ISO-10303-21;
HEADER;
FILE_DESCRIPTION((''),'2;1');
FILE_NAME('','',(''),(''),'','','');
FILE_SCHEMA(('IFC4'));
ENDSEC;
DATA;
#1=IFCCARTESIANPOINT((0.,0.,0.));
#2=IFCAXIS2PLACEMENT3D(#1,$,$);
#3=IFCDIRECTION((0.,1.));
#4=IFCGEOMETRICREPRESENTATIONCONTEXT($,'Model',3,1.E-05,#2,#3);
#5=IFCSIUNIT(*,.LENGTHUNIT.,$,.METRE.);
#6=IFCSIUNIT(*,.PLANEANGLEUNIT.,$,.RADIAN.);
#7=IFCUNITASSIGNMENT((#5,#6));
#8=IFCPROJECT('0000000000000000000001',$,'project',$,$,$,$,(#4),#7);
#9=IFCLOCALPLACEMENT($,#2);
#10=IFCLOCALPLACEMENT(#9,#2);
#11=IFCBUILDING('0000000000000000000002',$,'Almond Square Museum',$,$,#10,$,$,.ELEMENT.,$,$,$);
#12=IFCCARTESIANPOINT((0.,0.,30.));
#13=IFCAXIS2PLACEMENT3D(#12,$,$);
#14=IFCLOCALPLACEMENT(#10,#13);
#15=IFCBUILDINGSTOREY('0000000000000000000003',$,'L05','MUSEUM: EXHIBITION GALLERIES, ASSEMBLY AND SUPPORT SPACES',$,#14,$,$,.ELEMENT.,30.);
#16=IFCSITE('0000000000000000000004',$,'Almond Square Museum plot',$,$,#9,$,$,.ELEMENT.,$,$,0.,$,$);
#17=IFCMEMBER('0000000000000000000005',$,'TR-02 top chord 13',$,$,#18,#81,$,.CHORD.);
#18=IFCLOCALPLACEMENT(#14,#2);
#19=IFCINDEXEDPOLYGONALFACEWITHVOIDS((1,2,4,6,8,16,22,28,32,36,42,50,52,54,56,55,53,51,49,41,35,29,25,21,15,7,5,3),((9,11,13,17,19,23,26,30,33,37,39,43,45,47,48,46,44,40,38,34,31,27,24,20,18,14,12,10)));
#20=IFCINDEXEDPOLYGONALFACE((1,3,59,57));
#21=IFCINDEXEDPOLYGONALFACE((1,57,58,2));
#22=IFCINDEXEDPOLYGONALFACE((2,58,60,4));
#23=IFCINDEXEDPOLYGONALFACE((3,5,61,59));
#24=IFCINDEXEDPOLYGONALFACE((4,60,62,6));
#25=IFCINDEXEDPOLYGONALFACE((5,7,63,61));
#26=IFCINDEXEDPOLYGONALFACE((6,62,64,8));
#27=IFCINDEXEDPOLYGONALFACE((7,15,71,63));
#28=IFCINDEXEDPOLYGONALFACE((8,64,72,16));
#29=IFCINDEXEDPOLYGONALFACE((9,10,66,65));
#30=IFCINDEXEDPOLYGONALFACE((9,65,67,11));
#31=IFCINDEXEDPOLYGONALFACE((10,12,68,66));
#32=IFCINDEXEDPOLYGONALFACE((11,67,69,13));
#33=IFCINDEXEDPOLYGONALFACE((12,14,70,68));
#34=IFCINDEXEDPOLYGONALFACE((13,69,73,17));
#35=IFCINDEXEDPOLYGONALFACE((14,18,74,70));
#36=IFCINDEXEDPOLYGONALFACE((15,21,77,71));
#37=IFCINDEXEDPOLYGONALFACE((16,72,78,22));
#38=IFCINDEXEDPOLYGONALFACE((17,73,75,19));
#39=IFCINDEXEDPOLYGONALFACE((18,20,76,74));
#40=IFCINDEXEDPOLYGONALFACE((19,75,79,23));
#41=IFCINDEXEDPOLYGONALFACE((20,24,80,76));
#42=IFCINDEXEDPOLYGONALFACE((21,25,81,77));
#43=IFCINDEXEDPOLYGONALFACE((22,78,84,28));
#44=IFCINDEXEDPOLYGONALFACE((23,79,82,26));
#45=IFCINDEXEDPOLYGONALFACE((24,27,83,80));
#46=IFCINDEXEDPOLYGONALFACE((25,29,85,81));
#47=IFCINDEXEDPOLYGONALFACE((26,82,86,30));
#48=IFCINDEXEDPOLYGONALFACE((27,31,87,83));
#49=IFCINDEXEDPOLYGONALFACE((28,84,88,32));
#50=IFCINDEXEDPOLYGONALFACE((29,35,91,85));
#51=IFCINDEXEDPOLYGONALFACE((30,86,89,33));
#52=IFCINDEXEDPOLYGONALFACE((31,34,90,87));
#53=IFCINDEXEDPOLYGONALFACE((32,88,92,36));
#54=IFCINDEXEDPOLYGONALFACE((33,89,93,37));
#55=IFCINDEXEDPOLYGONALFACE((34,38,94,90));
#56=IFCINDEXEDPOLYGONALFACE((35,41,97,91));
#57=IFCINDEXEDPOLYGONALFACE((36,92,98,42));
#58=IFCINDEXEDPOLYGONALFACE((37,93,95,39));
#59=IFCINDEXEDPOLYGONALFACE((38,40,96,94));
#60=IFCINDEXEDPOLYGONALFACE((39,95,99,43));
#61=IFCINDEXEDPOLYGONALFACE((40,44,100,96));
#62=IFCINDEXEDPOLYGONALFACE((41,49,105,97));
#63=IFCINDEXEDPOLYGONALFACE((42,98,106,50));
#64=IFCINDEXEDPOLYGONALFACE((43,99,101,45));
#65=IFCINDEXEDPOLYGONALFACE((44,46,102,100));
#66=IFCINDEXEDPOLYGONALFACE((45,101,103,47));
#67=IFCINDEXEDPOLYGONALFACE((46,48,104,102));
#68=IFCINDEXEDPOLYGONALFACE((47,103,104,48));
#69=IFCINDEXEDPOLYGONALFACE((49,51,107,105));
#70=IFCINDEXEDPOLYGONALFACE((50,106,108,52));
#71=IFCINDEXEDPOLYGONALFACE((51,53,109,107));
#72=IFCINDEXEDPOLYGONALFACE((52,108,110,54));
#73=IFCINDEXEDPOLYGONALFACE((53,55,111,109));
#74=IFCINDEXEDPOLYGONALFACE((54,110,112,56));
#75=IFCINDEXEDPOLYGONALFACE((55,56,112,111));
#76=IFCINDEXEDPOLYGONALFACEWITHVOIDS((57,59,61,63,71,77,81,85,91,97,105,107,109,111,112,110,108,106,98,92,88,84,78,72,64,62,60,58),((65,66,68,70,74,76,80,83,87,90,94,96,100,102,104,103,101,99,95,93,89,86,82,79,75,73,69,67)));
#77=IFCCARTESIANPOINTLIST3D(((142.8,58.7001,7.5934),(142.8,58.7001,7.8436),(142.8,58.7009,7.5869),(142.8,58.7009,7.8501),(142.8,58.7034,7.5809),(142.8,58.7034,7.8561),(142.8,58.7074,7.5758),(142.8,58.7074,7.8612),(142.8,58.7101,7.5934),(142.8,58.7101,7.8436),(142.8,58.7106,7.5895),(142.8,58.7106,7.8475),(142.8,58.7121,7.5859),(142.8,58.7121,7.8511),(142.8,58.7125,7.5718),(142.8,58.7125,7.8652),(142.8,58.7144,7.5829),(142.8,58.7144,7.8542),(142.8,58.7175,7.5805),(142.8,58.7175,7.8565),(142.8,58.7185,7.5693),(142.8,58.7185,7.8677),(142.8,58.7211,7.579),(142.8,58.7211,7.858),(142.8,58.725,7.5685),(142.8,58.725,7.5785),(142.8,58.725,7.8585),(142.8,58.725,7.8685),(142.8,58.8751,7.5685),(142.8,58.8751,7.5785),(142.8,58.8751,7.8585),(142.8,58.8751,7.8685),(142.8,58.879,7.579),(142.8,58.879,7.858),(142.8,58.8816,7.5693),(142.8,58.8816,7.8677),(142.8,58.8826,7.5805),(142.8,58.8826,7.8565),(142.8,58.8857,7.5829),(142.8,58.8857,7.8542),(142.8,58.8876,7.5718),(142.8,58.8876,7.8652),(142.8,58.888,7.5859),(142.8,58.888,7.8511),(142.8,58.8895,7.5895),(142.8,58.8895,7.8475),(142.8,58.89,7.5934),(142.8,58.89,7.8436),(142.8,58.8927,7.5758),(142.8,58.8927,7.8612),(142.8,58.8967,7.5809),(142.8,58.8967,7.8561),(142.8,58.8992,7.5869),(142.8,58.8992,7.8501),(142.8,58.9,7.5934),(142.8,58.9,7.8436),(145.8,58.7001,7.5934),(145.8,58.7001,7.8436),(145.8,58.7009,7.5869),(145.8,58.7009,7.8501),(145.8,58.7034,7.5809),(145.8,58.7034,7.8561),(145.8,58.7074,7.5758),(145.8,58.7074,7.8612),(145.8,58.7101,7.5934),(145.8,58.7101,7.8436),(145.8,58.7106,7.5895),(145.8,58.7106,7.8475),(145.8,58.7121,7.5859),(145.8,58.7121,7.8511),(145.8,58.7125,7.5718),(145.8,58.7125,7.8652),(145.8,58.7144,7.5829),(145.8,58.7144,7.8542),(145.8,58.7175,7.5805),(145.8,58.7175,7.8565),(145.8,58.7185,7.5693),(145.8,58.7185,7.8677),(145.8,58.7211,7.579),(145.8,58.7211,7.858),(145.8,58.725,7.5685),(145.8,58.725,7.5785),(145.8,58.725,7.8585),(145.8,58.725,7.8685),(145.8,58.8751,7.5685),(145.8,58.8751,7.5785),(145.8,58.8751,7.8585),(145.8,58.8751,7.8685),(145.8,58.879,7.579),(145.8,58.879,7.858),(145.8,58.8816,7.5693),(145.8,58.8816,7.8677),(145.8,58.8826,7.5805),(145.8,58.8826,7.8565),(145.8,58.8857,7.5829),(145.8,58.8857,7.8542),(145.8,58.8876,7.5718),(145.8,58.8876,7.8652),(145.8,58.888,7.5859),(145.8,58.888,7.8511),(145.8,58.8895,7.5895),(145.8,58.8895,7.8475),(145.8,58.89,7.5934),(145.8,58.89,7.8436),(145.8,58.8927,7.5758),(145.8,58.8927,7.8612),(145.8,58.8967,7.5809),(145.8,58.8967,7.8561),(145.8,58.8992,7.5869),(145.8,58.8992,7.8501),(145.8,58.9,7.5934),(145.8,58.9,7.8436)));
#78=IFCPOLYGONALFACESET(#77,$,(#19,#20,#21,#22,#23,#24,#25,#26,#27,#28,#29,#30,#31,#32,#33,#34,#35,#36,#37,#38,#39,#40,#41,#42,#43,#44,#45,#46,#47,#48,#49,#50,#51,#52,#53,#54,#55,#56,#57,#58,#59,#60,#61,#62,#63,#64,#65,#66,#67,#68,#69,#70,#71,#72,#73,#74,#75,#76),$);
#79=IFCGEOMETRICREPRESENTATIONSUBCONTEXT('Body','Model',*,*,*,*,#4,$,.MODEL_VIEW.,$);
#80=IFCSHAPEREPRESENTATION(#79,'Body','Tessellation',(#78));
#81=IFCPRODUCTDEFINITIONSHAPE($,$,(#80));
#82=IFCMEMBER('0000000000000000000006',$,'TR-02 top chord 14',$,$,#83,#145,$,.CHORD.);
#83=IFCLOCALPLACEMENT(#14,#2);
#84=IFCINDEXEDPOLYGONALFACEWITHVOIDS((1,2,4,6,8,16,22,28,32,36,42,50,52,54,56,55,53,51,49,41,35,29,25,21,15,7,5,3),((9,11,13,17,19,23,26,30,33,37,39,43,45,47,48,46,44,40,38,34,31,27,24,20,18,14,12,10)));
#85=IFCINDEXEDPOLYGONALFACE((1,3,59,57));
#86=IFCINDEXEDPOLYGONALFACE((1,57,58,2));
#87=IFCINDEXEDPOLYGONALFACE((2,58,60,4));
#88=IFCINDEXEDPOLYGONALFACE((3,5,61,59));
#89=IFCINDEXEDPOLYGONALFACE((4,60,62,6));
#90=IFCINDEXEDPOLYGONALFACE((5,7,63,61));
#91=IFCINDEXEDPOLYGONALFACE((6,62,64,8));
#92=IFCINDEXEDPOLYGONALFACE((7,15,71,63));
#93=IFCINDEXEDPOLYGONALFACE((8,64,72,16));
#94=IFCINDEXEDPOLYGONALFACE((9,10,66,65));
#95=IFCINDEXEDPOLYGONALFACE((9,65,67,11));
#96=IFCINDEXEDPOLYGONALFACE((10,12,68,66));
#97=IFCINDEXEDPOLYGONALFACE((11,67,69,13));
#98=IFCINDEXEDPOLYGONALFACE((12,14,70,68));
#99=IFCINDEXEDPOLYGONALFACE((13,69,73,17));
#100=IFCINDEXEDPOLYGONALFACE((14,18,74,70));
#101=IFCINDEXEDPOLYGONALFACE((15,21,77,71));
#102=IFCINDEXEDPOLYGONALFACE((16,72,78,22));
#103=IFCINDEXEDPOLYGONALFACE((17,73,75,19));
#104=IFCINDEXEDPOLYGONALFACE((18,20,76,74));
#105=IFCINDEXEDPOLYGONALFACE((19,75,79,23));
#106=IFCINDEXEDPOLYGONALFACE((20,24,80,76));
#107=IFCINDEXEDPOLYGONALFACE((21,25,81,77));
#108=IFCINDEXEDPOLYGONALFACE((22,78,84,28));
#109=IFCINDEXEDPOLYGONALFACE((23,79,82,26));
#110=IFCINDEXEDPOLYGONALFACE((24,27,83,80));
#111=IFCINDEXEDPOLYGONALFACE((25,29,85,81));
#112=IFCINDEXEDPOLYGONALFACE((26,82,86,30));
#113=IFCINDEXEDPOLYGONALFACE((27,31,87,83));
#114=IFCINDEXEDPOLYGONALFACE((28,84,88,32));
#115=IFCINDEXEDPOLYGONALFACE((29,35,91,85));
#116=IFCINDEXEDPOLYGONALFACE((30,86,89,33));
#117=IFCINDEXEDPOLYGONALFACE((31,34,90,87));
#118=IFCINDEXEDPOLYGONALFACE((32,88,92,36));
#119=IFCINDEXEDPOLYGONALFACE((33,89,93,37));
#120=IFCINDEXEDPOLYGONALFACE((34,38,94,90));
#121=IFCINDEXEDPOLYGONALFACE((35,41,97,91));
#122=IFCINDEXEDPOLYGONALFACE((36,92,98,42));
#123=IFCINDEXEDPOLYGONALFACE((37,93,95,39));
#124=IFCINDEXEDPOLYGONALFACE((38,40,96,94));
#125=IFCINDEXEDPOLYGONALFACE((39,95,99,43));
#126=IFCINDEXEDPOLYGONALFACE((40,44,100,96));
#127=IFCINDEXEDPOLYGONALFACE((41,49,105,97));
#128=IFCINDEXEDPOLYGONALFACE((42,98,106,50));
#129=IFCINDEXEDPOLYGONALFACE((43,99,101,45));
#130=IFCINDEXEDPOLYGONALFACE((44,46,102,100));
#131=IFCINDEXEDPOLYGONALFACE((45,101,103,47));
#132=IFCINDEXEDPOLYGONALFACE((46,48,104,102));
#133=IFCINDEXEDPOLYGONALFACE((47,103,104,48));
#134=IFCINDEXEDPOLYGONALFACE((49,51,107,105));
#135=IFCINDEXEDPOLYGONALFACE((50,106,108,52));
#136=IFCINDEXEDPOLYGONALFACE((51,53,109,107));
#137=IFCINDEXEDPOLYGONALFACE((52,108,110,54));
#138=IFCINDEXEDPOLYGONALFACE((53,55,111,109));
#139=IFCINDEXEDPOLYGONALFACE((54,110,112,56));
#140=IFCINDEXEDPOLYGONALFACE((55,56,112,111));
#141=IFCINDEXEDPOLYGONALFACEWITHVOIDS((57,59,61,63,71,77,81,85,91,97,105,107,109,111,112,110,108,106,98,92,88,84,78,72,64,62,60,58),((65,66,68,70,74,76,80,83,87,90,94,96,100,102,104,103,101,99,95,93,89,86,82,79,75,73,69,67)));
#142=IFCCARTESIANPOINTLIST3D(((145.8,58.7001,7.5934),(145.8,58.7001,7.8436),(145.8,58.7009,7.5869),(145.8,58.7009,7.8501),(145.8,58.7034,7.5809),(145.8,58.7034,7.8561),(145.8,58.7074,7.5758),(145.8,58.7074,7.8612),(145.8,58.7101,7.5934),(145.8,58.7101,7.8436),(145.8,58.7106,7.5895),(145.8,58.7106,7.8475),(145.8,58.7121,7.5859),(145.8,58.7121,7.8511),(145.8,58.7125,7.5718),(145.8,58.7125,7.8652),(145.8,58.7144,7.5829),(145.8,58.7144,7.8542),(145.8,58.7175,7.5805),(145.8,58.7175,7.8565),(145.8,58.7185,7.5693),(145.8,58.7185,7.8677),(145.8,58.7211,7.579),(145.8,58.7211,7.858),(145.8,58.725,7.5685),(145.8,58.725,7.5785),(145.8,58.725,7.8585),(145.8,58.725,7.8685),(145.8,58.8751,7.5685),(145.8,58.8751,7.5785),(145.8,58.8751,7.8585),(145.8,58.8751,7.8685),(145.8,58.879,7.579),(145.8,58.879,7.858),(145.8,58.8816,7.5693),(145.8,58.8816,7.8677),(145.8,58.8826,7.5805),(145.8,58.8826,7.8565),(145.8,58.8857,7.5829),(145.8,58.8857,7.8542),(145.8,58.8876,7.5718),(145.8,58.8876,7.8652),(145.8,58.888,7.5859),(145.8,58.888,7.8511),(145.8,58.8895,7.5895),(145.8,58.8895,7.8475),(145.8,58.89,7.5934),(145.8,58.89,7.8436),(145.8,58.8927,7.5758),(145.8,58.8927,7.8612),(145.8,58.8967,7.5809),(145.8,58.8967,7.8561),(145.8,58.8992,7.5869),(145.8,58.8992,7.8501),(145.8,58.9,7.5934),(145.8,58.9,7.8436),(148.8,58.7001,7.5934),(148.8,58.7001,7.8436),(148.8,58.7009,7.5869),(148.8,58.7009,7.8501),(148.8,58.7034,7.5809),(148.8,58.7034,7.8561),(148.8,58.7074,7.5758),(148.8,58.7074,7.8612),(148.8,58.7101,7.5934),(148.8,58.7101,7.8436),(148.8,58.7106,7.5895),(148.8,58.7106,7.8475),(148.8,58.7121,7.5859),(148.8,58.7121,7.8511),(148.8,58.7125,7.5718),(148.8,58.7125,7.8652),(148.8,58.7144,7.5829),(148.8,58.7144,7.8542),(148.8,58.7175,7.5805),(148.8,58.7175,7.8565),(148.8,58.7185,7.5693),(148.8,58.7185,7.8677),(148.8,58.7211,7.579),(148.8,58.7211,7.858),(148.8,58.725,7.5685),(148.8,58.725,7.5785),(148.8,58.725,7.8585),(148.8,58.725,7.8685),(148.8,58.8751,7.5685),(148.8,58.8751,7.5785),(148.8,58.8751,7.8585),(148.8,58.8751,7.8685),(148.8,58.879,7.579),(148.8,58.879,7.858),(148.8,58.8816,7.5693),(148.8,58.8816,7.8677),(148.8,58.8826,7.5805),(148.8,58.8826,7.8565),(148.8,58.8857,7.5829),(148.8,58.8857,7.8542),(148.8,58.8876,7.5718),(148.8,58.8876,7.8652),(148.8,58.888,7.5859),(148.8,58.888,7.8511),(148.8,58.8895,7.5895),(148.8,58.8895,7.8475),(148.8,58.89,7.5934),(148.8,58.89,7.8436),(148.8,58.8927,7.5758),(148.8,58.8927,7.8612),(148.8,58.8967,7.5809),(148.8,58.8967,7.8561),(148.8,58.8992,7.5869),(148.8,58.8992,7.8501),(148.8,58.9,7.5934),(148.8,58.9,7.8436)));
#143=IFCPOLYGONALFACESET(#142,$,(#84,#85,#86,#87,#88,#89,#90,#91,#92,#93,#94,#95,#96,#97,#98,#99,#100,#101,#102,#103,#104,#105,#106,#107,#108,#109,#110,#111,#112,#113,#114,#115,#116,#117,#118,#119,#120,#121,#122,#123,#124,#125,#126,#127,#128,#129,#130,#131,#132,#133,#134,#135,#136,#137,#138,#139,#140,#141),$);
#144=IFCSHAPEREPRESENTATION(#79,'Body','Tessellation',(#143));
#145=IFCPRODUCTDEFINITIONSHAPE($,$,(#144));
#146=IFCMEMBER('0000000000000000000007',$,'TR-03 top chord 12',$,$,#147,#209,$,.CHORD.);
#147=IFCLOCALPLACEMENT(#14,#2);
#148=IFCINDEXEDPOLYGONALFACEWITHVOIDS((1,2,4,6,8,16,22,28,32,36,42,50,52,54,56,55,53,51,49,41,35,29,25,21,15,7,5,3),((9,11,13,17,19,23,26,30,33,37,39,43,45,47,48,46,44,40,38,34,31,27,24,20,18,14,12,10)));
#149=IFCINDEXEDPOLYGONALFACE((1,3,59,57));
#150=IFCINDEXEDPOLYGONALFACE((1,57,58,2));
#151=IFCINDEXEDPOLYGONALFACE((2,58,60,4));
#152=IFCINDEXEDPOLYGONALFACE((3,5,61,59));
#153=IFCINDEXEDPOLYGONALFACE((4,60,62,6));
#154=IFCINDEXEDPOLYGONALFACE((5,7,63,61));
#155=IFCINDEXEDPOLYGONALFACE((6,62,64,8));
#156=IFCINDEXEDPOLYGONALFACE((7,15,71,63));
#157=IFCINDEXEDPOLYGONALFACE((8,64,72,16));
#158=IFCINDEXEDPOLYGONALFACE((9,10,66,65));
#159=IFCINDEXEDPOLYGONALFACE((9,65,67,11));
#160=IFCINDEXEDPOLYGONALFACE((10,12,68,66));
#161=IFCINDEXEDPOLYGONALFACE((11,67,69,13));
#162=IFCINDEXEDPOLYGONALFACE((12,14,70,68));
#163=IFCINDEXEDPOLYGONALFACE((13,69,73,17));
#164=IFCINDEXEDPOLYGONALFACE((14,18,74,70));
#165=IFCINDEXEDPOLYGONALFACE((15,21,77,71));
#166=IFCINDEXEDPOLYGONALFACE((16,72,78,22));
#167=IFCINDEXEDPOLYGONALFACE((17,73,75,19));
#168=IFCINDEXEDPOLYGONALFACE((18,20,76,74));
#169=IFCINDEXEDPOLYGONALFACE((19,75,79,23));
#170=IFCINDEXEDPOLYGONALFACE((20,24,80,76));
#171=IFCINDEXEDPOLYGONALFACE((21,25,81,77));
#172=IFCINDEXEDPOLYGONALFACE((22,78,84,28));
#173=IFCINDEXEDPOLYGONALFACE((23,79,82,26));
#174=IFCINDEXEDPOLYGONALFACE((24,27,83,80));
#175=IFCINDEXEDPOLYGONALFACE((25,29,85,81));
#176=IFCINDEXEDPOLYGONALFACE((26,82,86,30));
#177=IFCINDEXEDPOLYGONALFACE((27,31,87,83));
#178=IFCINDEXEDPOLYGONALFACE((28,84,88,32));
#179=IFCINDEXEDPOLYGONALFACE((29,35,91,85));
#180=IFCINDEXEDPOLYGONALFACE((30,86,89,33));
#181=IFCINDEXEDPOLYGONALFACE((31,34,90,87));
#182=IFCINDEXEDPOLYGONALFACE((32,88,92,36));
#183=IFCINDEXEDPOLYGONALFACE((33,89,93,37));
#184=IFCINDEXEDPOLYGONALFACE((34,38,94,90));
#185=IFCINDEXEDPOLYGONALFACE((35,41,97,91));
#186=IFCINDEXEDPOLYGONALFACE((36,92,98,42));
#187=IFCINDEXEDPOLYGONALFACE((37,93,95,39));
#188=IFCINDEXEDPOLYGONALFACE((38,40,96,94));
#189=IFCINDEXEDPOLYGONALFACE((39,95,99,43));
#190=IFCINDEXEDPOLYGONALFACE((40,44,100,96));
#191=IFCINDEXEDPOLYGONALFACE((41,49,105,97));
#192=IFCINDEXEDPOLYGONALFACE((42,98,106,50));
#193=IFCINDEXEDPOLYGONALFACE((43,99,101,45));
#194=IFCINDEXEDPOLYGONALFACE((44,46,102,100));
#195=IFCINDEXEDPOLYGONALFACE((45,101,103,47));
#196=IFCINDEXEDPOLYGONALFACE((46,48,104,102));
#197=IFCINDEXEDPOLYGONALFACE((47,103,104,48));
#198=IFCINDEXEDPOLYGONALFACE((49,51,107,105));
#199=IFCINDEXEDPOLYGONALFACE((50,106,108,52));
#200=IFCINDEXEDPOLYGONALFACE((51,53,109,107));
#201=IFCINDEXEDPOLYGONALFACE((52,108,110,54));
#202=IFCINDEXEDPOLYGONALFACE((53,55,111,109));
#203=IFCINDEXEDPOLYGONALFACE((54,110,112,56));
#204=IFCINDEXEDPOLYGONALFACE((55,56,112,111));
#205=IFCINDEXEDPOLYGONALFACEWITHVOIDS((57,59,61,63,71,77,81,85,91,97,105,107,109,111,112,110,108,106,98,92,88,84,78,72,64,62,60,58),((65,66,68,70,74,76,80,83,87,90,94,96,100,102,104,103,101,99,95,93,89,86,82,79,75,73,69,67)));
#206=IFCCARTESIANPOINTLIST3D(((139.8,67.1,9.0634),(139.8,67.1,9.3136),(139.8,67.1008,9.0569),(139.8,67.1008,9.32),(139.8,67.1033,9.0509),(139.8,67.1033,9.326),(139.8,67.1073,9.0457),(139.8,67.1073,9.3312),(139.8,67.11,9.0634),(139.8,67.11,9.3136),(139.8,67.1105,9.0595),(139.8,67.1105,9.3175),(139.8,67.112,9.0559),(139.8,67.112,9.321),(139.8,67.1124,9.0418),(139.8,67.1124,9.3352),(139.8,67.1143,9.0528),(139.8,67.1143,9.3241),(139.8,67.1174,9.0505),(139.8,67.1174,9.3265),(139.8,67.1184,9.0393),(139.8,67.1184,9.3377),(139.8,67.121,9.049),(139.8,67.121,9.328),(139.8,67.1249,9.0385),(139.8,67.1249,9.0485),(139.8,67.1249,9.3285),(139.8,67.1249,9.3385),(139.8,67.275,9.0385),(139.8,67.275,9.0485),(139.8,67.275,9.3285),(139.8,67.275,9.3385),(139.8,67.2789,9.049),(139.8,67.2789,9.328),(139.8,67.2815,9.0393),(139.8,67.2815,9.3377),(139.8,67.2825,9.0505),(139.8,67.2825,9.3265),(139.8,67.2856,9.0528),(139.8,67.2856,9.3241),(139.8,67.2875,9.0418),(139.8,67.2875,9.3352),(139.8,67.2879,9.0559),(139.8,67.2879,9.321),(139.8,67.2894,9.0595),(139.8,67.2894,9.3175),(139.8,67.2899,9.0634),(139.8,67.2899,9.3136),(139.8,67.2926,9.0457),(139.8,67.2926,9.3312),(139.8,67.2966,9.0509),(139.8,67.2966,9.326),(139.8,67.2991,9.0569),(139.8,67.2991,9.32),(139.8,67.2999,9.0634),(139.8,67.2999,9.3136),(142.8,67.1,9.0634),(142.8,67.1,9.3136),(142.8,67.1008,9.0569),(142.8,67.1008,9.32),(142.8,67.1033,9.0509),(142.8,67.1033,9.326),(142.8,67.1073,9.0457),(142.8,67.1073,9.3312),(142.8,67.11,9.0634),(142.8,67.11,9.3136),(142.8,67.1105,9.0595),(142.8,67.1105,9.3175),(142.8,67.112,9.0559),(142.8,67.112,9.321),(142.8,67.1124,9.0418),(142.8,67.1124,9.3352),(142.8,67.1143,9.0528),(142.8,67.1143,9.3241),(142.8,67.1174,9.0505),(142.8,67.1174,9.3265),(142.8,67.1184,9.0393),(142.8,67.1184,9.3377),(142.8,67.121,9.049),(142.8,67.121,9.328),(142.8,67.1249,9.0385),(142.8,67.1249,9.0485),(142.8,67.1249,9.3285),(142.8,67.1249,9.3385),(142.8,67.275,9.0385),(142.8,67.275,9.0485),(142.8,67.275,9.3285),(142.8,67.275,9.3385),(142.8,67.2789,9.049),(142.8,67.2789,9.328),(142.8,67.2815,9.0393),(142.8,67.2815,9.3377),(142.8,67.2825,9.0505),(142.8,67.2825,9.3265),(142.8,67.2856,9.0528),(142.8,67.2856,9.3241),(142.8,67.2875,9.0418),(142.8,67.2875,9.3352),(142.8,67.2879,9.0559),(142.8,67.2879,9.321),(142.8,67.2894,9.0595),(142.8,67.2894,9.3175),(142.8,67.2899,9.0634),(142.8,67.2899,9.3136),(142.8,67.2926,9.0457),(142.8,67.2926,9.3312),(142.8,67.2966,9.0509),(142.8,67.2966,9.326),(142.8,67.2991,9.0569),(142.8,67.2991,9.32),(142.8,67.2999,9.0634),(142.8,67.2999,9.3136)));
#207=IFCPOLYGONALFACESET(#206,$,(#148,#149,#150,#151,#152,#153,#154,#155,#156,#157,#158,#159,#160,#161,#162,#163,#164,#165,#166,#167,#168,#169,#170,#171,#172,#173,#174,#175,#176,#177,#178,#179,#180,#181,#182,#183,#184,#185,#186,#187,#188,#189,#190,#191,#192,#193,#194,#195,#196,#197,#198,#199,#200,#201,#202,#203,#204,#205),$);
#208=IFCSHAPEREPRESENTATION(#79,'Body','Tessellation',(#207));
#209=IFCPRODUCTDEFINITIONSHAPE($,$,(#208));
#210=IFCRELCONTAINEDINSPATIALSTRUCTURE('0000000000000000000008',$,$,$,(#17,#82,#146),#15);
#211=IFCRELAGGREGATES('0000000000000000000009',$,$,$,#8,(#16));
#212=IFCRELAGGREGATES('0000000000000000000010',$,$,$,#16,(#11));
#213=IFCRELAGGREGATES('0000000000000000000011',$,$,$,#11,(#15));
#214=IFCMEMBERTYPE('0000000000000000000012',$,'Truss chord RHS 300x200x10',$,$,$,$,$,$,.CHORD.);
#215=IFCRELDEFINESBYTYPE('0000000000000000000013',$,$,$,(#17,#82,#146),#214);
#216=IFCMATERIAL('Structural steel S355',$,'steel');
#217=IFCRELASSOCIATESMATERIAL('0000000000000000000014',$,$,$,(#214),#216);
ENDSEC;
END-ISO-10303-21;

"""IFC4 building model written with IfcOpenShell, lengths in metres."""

from ifc_helpers import new_model, si_unit, direction, frame, origin, origin_2d, place, context, subcontext, project, spatial, hollow_rectangle, extrude, material, material_profile, profile_set, type_object, element, save


model = new_model("IFC4")

# Units and contexts
model_context = context("Model", 3, precision=1e-05, world=origin(), true_north=direction((0.0, 1.0)))
body_context = subcontext(model_context, "Body", "Model", "MODEL_VIEW")
ifc_project = project(units=[si_unit("LENGTHUNIT", "METRE"), si_unit("PLANEANGLEUNIT", "RADIAN")], contexts=[model_context])

# Site, building, storey
site_placement = place(None, origin())
site = spatial("IfcSite", under=ifc_project, at=site_placement, Name="Almond Square Museum plot", CompositionType="ELEMENT", RefElevation=0.0)
building_placement = place(site_placement, origin())
building = spatial("IfcBuilding", under=site, at=building_placement, Name="Almond Square Museum", CompositionType="ELEMENT")
storey_placement = place(building_placement, frame((0.0, 0.0, 30.0)))
storey = spatial("IfcBuildingStorey", under=building, at=storey_placement, Name="L05", Description="MUSEUM: EXHIBITION GALLERIES, ASSEMBLY AND SUPPORT SPACES", CompositionType="ELEMENT", Elevation=30.0)

# Members
ifc_material_1 = material(Name="Structural steel S355", Category="steel")
ifc_material_profile_1 = material_profile(ifc_material_1, hollow_rectangle(XDim=0.2, YDim=0.3, WallThickness=0.01, InnerFilletRadius=0.0149, OuterFilletRadius=0.0249, at=origin_2d()))
ifc_profile_set_1 = profile_set([ifc_material_profile_1], Name="Structural steel S355")
member_type_1 = type_object("IfcMemberType", Name="Truss chord RHS 300x200x10", PredefinedType="CHORD", material=ifc_profile_set_1)
for number, where, z_axis, x_axis, name in (
    (1, (142.8, 58.8, 7.7185), (1.0, 0.0, 0.0), (0.0, 1.0, 0.0), "TR-02 top chord 13"),
    (2, (145.8, 58.8, 7.7185), (1.0, 0.0, 0.0), (0.0, 1.0, 0.0), "TR-02 top chord 14"),
    (3, (139.8, 67.2, 9.1885), (1.0, 0.0, 0.0), (0.0, 1.0, 0.0), "TR-03 top chord 12"),
):
    element("IfcMember", number, at=place(storey_placement, frame(where, z_axis=z_axis, x_axis=x_axis)), inside=storey, type_object=member_type_1, Name=name, PredefinedType="CHORD", context=body_context, shape_type="SweptSolid", body=[
        extrude(hollow_rectangle(XDim=0.2, YDim=0.3, WallThickness=0.01, InnerFilletRadius=0.0149, OuterFilletRadius=0.0249, at=origin_2d()), origin(), (0.0, 0.0, 1.0), 3.0),
    ])

save(model, "model.ifc")
